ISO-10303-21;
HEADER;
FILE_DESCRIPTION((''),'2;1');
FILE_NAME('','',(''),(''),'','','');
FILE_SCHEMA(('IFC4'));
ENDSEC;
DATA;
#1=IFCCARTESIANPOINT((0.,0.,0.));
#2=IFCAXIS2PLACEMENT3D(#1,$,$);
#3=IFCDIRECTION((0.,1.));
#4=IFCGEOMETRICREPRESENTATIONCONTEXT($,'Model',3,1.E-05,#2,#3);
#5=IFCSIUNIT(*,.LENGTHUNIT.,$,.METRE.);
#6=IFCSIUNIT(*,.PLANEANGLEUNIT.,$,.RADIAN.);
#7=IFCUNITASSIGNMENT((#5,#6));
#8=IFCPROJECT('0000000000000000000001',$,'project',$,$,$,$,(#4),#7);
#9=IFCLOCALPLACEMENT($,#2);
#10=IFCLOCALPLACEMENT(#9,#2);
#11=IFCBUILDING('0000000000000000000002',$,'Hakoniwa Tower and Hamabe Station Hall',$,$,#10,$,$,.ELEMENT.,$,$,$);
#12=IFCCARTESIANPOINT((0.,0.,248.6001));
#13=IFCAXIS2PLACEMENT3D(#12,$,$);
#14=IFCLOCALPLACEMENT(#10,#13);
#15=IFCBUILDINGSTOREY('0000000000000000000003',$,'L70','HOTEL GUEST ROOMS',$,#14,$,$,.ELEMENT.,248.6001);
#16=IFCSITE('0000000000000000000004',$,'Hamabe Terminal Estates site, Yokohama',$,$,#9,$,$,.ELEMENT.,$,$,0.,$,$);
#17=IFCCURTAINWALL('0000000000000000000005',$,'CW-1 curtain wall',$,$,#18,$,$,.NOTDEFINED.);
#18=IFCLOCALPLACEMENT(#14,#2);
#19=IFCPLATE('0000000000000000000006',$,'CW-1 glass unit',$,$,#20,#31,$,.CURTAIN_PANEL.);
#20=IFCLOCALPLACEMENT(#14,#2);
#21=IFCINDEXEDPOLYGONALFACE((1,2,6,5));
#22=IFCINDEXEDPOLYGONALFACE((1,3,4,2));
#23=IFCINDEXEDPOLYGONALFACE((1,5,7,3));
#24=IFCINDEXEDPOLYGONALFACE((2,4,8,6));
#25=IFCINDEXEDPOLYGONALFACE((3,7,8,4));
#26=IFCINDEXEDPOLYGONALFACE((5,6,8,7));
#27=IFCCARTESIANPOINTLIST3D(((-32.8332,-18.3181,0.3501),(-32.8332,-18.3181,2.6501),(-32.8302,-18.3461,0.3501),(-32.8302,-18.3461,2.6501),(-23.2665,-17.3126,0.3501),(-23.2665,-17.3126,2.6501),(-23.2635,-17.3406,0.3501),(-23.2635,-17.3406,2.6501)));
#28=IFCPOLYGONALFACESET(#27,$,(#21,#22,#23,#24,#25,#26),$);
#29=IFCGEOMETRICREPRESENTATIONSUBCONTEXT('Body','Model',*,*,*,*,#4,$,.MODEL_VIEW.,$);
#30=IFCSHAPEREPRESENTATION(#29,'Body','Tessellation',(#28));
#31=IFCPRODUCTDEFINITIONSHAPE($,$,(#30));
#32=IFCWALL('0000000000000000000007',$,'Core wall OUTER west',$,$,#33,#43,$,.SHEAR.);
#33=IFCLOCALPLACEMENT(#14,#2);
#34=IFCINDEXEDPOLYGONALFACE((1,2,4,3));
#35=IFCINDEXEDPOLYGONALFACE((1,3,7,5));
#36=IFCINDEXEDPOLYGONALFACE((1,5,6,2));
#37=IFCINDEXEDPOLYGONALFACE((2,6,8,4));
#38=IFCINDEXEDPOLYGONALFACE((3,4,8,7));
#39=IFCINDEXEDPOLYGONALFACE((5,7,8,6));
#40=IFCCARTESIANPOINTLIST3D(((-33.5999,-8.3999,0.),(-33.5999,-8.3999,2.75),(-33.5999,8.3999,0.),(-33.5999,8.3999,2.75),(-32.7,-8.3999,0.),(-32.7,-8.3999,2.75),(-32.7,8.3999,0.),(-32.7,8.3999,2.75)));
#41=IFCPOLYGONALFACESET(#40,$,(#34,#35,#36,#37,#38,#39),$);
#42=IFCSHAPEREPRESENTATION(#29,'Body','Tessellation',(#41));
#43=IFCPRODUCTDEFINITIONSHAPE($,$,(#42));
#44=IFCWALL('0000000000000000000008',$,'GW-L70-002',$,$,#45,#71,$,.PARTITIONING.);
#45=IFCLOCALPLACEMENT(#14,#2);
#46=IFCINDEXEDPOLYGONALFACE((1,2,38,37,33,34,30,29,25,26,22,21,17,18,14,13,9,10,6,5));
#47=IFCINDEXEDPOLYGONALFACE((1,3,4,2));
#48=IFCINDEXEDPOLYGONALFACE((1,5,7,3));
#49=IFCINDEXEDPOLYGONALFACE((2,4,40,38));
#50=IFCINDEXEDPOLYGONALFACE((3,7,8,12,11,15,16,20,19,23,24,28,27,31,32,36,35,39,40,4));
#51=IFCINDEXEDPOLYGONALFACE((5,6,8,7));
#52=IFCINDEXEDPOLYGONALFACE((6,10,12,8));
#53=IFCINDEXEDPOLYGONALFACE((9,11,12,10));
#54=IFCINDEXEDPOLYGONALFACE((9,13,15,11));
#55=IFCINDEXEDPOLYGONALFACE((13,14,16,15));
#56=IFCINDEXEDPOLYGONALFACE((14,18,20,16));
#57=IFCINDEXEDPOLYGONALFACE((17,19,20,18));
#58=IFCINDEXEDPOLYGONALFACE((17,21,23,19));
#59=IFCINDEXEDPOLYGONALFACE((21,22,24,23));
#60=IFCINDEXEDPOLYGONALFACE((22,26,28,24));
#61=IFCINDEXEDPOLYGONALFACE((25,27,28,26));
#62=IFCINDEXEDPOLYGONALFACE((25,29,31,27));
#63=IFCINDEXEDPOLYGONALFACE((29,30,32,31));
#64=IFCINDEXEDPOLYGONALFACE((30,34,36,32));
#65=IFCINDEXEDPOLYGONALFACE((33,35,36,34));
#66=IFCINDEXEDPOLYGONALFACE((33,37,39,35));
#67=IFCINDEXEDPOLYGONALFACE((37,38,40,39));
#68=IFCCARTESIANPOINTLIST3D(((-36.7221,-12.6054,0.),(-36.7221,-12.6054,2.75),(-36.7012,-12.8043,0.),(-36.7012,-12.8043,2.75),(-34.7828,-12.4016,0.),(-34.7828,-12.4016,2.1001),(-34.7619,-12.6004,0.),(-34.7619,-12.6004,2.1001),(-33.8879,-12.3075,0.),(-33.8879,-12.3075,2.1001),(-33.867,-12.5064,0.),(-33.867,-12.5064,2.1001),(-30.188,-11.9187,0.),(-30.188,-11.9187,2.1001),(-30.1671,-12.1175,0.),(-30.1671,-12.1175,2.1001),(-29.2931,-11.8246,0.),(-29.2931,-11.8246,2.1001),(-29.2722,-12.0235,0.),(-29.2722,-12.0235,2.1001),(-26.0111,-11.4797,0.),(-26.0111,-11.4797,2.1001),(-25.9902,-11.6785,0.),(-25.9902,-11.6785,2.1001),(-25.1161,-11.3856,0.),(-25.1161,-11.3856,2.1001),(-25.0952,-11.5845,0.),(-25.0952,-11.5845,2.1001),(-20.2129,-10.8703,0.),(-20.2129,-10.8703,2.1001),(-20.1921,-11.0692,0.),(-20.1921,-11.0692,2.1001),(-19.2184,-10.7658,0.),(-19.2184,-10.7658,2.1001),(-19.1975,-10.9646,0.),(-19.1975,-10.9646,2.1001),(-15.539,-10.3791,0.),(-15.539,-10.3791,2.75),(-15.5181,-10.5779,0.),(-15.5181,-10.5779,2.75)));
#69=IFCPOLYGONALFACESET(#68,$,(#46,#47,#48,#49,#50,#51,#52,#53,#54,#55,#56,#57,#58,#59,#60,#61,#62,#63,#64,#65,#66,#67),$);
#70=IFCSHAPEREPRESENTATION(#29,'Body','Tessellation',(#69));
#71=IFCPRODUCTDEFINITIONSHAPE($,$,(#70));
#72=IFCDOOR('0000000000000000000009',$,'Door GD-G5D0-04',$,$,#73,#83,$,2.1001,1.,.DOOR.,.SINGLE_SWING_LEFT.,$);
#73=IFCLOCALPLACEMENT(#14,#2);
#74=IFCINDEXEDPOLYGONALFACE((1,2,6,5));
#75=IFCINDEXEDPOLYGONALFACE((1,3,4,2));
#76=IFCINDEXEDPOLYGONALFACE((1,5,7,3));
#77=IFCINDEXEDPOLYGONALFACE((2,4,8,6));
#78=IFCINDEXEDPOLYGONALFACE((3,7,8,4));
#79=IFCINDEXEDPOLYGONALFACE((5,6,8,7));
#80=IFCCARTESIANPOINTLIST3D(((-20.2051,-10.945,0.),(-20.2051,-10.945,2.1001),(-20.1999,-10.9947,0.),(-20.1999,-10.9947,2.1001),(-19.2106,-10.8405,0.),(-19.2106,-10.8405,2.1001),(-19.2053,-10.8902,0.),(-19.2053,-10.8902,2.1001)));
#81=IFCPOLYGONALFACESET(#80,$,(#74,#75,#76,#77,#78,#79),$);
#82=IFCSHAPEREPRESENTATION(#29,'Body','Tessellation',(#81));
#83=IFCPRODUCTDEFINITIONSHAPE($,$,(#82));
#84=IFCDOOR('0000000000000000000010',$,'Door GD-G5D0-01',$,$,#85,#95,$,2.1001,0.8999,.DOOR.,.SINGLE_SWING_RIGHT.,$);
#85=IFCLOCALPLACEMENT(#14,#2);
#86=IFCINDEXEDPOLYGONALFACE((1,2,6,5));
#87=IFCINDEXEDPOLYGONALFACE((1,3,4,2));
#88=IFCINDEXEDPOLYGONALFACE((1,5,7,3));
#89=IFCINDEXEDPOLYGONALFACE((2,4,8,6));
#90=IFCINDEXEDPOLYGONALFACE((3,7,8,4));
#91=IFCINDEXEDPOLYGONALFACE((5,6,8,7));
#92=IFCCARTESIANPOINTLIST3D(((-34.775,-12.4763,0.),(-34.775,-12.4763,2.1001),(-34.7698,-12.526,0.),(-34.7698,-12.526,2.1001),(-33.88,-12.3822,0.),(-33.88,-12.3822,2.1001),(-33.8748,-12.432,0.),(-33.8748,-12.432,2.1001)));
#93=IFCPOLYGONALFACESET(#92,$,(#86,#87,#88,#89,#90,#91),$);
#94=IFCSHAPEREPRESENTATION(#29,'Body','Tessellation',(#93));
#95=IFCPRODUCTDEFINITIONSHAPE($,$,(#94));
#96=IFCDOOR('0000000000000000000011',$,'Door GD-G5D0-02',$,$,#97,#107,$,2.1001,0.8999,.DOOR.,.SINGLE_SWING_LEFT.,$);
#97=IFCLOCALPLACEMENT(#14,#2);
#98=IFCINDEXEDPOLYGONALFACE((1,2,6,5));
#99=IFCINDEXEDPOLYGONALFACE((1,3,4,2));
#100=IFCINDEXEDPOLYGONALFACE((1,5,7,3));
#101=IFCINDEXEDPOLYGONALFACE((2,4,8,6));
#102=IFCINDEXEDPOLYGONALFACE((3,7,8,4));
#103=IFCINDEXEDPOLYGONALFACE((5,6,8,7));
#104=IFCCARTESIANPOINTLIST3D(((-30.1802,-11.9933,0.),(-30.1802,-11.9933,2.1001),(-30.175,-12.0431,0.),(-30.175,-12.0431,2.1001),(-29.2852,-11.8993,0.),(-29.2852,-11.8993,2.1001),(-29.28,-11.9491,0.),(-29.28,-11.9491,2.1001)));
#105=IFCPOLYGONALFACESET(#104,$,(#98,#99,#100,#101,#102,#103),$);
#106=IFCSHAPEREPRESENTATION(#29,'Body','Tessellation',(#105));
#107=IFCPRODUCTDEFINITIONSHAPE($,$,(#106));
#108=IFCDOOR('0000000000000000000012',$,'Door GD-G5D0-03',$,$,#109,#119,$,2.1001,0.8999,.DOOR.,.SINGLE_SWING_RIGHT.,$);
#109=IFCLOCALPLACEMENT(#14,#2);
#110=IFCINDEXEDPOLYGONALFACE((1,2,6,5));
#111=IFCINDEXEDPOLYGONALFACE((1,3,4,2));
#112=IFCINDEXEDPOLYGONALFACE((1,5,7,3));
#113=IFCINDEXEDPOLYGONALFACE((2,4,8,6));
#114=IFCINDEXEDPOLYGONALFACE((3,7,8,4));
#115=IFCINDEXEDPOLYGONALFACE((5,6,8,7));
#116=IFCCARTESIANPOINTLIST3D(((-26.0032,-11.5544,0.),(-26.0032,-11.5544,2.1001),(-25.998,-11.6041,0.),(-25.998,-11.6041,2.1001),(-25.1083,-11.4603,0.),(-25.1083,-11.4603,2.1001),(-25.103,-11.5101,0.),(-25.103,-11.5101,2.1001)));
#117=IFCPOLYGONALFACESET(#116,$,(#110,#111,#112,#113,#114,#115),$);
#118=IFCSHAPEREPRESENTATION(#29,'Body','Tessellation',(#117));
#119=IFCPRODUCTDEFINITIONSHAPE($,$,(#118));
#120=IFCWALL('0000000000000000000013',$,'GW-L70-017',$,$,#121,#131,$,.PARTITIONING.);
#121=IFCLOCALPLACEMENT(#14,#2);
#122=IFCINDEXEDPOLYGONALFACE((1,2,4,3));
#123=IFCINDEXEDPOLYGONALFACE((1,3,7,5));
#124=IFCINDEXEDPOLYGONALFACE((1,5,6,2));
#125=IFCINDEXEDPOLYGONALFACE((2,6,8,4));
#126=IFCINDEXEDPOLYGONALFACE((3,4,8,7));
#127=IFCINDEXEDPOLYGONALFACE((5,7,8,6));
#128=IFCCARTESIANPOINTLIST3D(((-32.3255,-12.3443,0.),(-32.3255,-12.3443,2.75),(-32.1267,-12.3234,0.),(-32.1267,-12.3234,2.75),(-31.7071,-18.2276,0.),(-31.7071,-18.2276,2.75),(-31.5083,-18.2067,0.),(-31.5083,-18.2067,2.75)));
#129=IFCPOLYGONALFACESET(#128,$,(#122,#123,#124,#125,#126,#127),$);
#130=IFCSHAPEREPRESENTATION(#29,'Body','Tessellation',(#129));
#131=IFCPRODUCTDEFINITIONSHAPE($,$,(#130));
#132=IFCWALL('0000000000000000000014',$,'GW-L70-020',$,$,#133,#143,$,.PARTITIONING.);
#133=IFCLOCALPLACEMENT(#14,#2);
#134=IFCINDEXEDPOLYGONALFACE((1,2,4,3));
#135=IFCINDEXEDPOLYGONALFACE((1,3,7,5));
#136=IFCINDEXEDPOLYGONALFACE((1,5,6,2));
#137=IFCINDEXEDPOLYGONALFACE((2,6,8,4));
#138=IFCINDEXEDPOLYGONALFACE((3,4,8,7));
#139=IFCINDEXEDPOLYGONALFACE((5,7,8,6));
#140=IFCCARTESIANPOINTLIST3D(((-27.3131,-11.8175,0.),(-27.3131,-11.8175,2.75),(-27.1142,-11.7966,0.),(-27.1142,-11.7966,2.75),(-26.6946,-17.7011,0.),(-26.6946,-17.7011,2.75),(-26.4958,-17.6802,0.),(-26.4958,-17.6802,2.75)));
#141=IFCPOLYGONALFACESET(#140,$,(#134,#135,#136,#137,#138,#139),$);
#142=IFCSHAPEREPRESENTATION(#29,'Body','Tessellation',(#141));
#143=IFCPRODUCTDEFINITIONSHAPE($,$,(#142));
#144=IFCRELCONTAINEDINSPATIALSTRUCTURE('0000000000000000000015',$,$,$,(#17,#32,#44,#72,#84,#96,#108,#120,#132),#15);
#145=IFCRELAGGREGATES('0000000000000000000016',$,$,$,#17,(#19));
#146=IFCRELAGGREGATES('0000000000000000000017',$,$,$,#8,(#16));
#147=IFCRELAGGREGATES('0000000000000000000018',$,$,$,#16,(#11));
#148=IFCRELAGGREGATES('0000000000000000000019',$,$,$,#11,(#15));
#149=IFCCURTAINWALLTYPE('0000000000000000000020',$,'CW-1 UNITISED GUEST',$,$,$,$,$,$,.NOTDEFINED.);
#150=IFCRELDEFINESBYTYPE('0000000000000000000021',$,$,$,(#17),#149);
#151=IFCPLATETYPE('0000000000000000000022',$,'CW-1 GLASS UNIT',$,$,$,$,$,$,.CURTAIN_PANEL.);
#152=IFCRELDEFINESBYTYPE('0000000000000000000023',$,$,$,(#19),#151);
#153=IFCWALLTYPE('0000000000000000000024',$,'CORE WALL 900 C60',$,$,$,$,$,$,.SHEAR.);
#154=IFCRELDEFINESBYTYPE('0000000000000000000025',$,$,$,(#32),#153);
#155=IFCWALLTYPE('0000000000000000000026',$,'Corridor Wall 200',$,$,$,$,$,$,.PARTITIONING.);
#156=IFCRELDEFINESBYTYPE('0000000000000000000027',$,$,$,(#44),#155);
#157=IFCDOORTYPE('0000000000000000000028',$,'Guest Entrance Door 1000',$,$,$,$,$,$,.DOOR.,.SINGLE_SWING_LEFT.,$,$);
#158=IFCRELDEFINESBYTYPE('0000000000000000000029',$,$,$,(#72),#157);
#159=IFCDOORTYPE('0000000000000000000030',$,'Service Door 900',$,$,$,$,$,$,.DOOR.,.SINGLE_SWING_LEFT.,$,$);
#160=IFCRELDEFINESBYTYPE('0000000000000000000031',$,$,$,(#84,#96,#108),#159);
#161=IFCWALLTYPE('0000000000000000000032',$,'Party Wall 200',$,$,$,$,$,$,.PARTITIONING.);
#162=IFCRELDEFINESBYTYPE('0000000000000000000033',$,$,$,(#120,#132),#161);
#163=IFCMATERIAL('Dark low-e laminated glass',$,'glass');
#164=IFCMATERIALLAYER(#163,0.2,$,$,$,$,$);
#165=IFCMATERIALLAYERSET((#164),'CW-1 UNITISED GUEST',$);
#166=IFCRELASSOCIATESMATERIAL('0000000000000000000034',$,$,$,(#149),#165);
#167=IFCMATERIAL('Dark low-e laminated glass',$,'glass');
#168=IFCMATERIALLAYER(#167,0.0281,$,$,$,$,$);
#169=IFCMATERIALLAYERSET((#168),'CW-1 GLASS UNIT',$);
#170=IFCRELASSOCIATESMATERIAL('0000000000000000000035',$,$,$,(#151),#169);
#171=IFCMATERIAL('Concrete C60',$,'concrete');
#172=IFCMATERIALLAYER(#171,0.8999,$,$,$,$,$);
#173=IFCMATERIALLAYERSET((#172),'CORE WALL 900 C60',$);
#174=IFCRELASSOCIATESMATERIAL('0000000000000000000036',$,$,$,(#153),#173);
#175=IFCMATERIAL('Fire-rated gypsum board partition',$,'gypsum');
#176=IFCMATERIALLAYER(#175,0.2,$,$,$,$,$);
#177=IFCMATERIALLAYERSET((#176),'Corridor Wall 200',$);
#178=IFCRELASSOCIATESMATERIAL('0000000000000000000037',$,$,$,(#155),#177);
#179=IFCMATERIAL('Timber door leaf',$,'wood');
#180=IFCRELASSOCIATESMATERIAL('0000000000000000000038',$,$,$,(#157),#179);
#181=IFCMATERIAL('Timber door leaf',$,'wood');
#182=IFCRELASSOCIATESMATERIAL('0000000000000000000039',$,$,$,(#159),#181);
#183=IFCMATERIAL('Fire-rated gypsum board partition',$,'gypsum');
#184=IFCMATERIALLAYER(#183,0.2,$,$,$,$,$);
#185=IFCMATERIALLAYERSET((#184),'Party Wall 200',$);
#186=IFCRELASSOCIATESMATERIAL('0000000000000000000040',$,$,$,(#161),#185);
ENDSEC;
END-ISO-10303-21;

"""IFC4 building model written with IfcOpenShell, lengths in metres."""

from ifc_helpers import new_model, si_unit, direction, frame, frame_2d, origin, origin_2d, place, context, subcontext, project, spatial, rectangle, extrude, material, layer, layer_set, type_object, element, fill, aggregate, save


model = new_model("IFC4")

# Units and contexts
model_context = context("Model", 3, precision=1e-05, world=origin(), true_north=direction((0.0, 1.0)))
body_context = subcontext(model_context, "Body", "Model", "MODEL_VIEW")
ifc_project = project(units=[si_unit("LENGTHUNIT", "METRE"), si_unit("PLANEANGLEUNIT", "RADIAN")], contexts=[model_context])

# Site, building, storey
site_placement = place(None, origin())
site = spatial("IfcSite", under=ifc_project, at=site_placement, Name="Hamabe Terminal Estates site, Yokohama", CompositionType="ELEMENT", RefElevation=0.0)
building_placement = place(site_placement, origin())
building = spatial("IfcBuilding", under=site, at=building_placement, Name="Hakoniwa Tower and Hamabe Station Hall", CompositionType="ELEMENT")
storey_placement = place(building_placement, frame((0.0, 0.0, 248.6001)))
storey = spatial("IfcBuildingStorey", under=building, at=storey_placement, Name="L70", Description="HOTEL GUEST ROOMS", CompositionType="ELEMENT", Elevation=248.6001)

# Curtain wall
ifc_material_1 = material(Name="Dark low-e laminated glass", Category="glass")
ifc_layer_1 = layer(ifc_material_1, 0.2)
ifc_layer_set_1 = layer_set([ifc_layer_1], Name="CW-1 UNITISED GUEST")
curtain_wall_type = type_object("IfcCurtainWallType", Name="CW-1 UNITISED GUEST", PredefinedType="NOTDEFINED", material=ifc_layer_set_1)
curtain_wall_1_placement = place(storey_placement, origin())
curtain_wall_1 = element("IfcCurtainWall", 1, at=curtain_wall_1_placement, inside=storey, type_object=curtain_wall_type, Name="CW-1 curtain wall", PredefinedType="NOTDEFINED")

# Plate
ifc_material_2 = material(Name="Dark low-e laminated glass", Category="glass")
ifc_layer_2 = layer(ifc_material_2, 0.0281)
ifc_layer_set_2 = layer_set([ifc_layer_2], Name="CW-1 GLASS UNIT")
plate_type = type_object("IfcPlateType", Name="CW-1 GLASS UNIT", PredefinedType="CURTAIN_PANEL", material=ifc_layer_set_2)
plate_1_placement = place(storey_placement, frame((-28.0483, -17.8293, 0.3501), z_axis=(0.0, 0.0, 1.0), x_axis=(0.994522, 0.104528, 0.0)))
plate_1 = element("IfcPlate", 2, at=plate_1_placement, type_object=plate_type, Name="CW-1 glass unit", PredefinedType="CURTAIN_PANEL", context=body_context, shape_type="SweptSolid", body=[
    extrude(rectangle(XDim=9.6194, YDim=0.0281, at=origin_2d()), origin(), (0.0, 0.0, 1.0), 2.3),
])
aggregate(curtain_wall_1, [plate_1])

# Wall
ifc_material_3 = material(Name="Concrete C60", Category="concrete")
ifc_layer_3 = layer(ifc_material_3, 0.8999)
ifc_layer_set_3 = layer_set([ifc_layer_3], Name="CORE WALL 900 C60")
wall_type_1 = type_object("IfcWallType", Name="CORE WALL 900 C60", PredefinedType="SHEAR", material=ifc_layer_set_3)
wall_1_placement = place(storey_placement, frame((-33.1499, -8.3999, 0.0), z_axis=(0.0, 0.0, 1.0), x_axis=(0.0, 1.0, 0.0)))
element("IfcWall", 3, at=wall_1_placement, inside=storey, type_object=wall_type_1, Name="Core wall OUTER west", PredefinedType="SHEAR", context=body_context, shape_type="SweptSolid", body=[
    extrude(rectangle(XDim=16.7998, YDim=0.8999, at=frame_2d((8.3999, 0.0))), origin(), (0.0, 0.0, 1.0), 2.75),
])

# Wall, openings, doors
ifc_material_4 = material(Name="Fire-rated gypsum board partition", Category="gypsum")
ifc_layer_4 = layer(ifc_material_4, 0.2)
ifc_layer_set_4 = layer_set([ifc_layer_4], Name="Corridor Wall 200")
wall_type_2 = type_object("IfcWallType", Name="Corridor Wall 200", PredefinedType="PARTITIONING", material=ifc_layer_set_4)
wall_2_placement = place(storey_placement, frame((-36.7117, -12.7048, 0.0), z_axis=(0.0, 0.0, 1.0), x_axis=(0.994522, 0.104523, 0.0)))
wall_2 = element("IfcWall", 4, at=wall_2_placement, inside=storey, type_object=wall_type_2, Name="GW-L70-002", PredefinedType="PARTITIONING", context=body_context, shape_type="SweptSolid", body=[
    extrude(rectangle(XDim=21.2998, YDim=0.2, at=frame_2d((10.6499, 0.0))), origin(), (0.0, 0.0, 1.0), 2.75),
])
opening_1_placement = place(wall_2_placement, frame((1.95, 0.0, 0.0)))
opening_1 = element("IfcOpeningElement", 5, at=opening_1_placement, cuts=wall_2, PredefinedType="OPENING", context=body_context, shape_type="SweptSolid", body=[
    extrude(rectangle(XDim=0.8999, YDim=2.1001, at=frame_2d((0.45, 1.05))), frame((0.0, 0.1099, 0.0), z_axis=(0.0, -1.0, 0.0), x_axis=(1.0, 0.0, 0.0)), (0.0, 0.0, 1.0), 0.22),
])
opening_2_placement = place(wall_2_placement, frame((6.5701, 0.0, 0.0)))
opening_2 = element("IfcOpeningElement", 6, at=opening_2_placement, cuts=wall_2, PredefinedType="OPENING", context=body_context, shape_type="SweptSolid", body=[
    extrude(rectangle(XDim=0.8999, YDim=2.1001, at=frame_2d((0.45, 1.05))), frame((0.0, 0.1099, 0.0), z_axis=(0.0, -1.0, 0.0), x_axis=(1.0, 0.0, 0.0)), (0.0, 0.0, 1.0), 0.22),
])
opening_3_placement = place(wall_2_placement, frame((10.77, 0.0, 0.0)))
opening_3 = element("IfcOpeningElement", 7, at=opening_3_placement, cuts=wall_2, PredefinedType="OPENING", context=body_context, shape_type="SweptSolid", body=[
    extrude(rectangle(XDim=0.8999, YDim=2.1001, at=frame_2d((0.45, 1.05))), frame((0.0, 0.1099, 0.0), z_axis=(0.0, -1.0, 0.0), x_axis=(1.0, 0.0, 0.0)), (0.0, 0.0, 1.0), 0.22),
])
opening_4_placement = place(wall_2_placement, frame((16.6001, 0.0, 0.0)))
opening_4 = element("IfcOpeningElement", 8, at=opening_4_placement, cuts=wall_2, PredefinedType="OPENING", context=body_context, shape_type="SweptSolid", body=[
    extrude(rectangle(XDim=1.0, YDim=2.1001, at=frame_2d((0.5, 1.05))), frame((0.0, 0.1099, 0.0), z_axis=(0.0, -1.0, 0.0), x_axis=(1.0, 0.0, 0.0)), (0.0, 0.0, 1.0), 0.22),
])
ifc_material_5 = material(Name="Timber door leaf", Category="wood")
door_type_1 = type_object("IfcDoorType", Name="Guest Entrance Door 1000", OperationType="SINGLE_SWING_LEFT", PredefinedType="DOOR", material=ifc_material_5)
door_1_placement = place(opening_4_placement, origin())
door_1 = element("IfcDoor", 9, at=door_1_placement, inside=storey, type_object=door_type_1, Name="Door GD-G5D0-04", OperationType="SINGLE_SWING_LEFT", OverallHeight=2.1001, OverallWidth=1.0, PredefinedType="DOOR", context=body_context, shape_type="SweptSolid", body=[
    extrude(rectangle(XDim=1.0, YDim=2.1001, at=frame_2d((0.5, 1.05))), frame((0.0, 0.0249, 0.0), z_axis=(0.0, -1.0, 0.0), x_axis=(1.0, 0.0, 0.0)), (0.0, 0.0, 1.0), 0.05),
])
fill(opening_4, door_1)
ifc_material_6 = material(Name="Timber door leaf", Category="wood")
door_type_2 = type_object("IfcDoorType", Name="Service Door 900", OperationType="SINGLE_SWING_LEFT", PredefinedType="DOOR", material=ifc_material_6)
door_2_placement = place(opening_1_placement, origin())
door_2 = element("IfcDoor", 10, at=door_2_placement, inside=storey, type_object=door_type_2, Name="Door GD-G5D0-01", OperationType="SINGLE_SWING_RIGHT", OverallHeight=2.1001, OverallWidth=0.8999, PredefinedType="DOOR", context=body_context, shape_type="SweptSolid", body=[
    extrude(rectangle(XDim=0.8999, YDim=2.1001, at=frame_2d((0.45, 1.05))), frame((0.0, 0.0249, 0.0), z_axis=(0.0, -1.0, 0.0), x_axis=(1.0, 0.0, 0.0)), (0.0, 0.0, 1.0), 0.05),
])
fill(opening_1, door_2)
door_3_placement = place(opening_2_placement, origin())
door_3 = element("IfcDoor", 11, at=door_3_placement, inside=storey, type_object=door_type_2, Name="Door GD-G5D0-02", OperationType="SINGLE_SWING_LEFT", OverallHeight=2.1001, OverallWidth=0.8999, PredefinedType="DOOR", context=body_context, shape_type="SweptSolid", body=[
    extrude(rectangle(XDim=0.8999, YDim=2.1001, at=frame_2d((0.45, 1.05))), frame((0.0, 0.0249, 0.0), z_axis=(0.0, -1.0, 0.0), x_axis=(1.0, 0.0, 0.0)), (0.0, 0.0, 1.0), 0.05),
])
fill(opening_2, door_3)
door_4_placement = place(opening_3_placement, origin())
door_4 = element("IfcDoor", 12, at=door_4_placement, inside=storey, type_object=door_type_2, Name="Door GD-G5D0-03", OperationType="SINGLE_SWING_RIGHT", OverallHeight=2.1001, OverallWidth=0.8999, PredefinedType="DOOR", context=body_context, shape_type="SweptSolid", body=[
    extrude(rectangle(XDim=0.8999, YDim=2.1001, at=frame_2d((0.45, 1.05))), frame((0.0, 0.0249, 0.0), z_axis=(0.0, -1.0, 0.0), x_axis=(1.0, 0.0, 0.0)), (0.0, 0.0, 1.0), 0.05),
])
fill(opening_3, door_4)

# Walls
ifc_material_7 = material(Name="Fire-rated gypsum board partition", Category="gypsum")
ifc_layer_5 = layer(ifc_material_7, 0.2)
ifc_layer_set_5 = layer_set([ifc_layer_5], Name="Party Wall 200")
wall_type_3 = type_object("IfcWallType", Name="Party Wall 200", PredefinedType="PARTITIONING", material=ifc_layer_set_5)
wall_3_placement = place(storey_placement, frame((-31.6077, -18.2173, 0.0), z_axis=(0.0, 0.0, 1.0), x_axis=(-0.104537, 0.994521, 0.0)))
element("IfcWall", 13, at=wall_3_placement, inside=storey, type_object=wall_type_3, Name="GW-L70-017", PredefinedType="PARTITIONING", context=body_context, shape_type="SweptSolid", body=[
    extrude(rectangle(XDim=5.9158, YDim=0.2, at=frame_2d((2.958, 0.0))), origin(), (0.0, 0.0, 1.0), 2.75),
])
wall_4_placement = place(storey_placement, frame((-26.5952, -17.6907, 0.0), z_axis=(0.0, 0.0, 1.0), x_axis=(-0.104532, 0.994521, 0.0)))
element("IfcWall", 14, at=wall_4_placement, inside=storey, type_object=wall_type_3, Name="GW-L70-020", PredefinedType="PARTITIONING", context=body_context, shape_type="SweptSolid", body=[
    extrude(rectangle(XDim=5.916, YDim=0.2, at=frame_2d((2.958, 0.0))), origin(), (0.0, 0.0, 1.0), 2.75),
])

save(model, "model.ifc")
